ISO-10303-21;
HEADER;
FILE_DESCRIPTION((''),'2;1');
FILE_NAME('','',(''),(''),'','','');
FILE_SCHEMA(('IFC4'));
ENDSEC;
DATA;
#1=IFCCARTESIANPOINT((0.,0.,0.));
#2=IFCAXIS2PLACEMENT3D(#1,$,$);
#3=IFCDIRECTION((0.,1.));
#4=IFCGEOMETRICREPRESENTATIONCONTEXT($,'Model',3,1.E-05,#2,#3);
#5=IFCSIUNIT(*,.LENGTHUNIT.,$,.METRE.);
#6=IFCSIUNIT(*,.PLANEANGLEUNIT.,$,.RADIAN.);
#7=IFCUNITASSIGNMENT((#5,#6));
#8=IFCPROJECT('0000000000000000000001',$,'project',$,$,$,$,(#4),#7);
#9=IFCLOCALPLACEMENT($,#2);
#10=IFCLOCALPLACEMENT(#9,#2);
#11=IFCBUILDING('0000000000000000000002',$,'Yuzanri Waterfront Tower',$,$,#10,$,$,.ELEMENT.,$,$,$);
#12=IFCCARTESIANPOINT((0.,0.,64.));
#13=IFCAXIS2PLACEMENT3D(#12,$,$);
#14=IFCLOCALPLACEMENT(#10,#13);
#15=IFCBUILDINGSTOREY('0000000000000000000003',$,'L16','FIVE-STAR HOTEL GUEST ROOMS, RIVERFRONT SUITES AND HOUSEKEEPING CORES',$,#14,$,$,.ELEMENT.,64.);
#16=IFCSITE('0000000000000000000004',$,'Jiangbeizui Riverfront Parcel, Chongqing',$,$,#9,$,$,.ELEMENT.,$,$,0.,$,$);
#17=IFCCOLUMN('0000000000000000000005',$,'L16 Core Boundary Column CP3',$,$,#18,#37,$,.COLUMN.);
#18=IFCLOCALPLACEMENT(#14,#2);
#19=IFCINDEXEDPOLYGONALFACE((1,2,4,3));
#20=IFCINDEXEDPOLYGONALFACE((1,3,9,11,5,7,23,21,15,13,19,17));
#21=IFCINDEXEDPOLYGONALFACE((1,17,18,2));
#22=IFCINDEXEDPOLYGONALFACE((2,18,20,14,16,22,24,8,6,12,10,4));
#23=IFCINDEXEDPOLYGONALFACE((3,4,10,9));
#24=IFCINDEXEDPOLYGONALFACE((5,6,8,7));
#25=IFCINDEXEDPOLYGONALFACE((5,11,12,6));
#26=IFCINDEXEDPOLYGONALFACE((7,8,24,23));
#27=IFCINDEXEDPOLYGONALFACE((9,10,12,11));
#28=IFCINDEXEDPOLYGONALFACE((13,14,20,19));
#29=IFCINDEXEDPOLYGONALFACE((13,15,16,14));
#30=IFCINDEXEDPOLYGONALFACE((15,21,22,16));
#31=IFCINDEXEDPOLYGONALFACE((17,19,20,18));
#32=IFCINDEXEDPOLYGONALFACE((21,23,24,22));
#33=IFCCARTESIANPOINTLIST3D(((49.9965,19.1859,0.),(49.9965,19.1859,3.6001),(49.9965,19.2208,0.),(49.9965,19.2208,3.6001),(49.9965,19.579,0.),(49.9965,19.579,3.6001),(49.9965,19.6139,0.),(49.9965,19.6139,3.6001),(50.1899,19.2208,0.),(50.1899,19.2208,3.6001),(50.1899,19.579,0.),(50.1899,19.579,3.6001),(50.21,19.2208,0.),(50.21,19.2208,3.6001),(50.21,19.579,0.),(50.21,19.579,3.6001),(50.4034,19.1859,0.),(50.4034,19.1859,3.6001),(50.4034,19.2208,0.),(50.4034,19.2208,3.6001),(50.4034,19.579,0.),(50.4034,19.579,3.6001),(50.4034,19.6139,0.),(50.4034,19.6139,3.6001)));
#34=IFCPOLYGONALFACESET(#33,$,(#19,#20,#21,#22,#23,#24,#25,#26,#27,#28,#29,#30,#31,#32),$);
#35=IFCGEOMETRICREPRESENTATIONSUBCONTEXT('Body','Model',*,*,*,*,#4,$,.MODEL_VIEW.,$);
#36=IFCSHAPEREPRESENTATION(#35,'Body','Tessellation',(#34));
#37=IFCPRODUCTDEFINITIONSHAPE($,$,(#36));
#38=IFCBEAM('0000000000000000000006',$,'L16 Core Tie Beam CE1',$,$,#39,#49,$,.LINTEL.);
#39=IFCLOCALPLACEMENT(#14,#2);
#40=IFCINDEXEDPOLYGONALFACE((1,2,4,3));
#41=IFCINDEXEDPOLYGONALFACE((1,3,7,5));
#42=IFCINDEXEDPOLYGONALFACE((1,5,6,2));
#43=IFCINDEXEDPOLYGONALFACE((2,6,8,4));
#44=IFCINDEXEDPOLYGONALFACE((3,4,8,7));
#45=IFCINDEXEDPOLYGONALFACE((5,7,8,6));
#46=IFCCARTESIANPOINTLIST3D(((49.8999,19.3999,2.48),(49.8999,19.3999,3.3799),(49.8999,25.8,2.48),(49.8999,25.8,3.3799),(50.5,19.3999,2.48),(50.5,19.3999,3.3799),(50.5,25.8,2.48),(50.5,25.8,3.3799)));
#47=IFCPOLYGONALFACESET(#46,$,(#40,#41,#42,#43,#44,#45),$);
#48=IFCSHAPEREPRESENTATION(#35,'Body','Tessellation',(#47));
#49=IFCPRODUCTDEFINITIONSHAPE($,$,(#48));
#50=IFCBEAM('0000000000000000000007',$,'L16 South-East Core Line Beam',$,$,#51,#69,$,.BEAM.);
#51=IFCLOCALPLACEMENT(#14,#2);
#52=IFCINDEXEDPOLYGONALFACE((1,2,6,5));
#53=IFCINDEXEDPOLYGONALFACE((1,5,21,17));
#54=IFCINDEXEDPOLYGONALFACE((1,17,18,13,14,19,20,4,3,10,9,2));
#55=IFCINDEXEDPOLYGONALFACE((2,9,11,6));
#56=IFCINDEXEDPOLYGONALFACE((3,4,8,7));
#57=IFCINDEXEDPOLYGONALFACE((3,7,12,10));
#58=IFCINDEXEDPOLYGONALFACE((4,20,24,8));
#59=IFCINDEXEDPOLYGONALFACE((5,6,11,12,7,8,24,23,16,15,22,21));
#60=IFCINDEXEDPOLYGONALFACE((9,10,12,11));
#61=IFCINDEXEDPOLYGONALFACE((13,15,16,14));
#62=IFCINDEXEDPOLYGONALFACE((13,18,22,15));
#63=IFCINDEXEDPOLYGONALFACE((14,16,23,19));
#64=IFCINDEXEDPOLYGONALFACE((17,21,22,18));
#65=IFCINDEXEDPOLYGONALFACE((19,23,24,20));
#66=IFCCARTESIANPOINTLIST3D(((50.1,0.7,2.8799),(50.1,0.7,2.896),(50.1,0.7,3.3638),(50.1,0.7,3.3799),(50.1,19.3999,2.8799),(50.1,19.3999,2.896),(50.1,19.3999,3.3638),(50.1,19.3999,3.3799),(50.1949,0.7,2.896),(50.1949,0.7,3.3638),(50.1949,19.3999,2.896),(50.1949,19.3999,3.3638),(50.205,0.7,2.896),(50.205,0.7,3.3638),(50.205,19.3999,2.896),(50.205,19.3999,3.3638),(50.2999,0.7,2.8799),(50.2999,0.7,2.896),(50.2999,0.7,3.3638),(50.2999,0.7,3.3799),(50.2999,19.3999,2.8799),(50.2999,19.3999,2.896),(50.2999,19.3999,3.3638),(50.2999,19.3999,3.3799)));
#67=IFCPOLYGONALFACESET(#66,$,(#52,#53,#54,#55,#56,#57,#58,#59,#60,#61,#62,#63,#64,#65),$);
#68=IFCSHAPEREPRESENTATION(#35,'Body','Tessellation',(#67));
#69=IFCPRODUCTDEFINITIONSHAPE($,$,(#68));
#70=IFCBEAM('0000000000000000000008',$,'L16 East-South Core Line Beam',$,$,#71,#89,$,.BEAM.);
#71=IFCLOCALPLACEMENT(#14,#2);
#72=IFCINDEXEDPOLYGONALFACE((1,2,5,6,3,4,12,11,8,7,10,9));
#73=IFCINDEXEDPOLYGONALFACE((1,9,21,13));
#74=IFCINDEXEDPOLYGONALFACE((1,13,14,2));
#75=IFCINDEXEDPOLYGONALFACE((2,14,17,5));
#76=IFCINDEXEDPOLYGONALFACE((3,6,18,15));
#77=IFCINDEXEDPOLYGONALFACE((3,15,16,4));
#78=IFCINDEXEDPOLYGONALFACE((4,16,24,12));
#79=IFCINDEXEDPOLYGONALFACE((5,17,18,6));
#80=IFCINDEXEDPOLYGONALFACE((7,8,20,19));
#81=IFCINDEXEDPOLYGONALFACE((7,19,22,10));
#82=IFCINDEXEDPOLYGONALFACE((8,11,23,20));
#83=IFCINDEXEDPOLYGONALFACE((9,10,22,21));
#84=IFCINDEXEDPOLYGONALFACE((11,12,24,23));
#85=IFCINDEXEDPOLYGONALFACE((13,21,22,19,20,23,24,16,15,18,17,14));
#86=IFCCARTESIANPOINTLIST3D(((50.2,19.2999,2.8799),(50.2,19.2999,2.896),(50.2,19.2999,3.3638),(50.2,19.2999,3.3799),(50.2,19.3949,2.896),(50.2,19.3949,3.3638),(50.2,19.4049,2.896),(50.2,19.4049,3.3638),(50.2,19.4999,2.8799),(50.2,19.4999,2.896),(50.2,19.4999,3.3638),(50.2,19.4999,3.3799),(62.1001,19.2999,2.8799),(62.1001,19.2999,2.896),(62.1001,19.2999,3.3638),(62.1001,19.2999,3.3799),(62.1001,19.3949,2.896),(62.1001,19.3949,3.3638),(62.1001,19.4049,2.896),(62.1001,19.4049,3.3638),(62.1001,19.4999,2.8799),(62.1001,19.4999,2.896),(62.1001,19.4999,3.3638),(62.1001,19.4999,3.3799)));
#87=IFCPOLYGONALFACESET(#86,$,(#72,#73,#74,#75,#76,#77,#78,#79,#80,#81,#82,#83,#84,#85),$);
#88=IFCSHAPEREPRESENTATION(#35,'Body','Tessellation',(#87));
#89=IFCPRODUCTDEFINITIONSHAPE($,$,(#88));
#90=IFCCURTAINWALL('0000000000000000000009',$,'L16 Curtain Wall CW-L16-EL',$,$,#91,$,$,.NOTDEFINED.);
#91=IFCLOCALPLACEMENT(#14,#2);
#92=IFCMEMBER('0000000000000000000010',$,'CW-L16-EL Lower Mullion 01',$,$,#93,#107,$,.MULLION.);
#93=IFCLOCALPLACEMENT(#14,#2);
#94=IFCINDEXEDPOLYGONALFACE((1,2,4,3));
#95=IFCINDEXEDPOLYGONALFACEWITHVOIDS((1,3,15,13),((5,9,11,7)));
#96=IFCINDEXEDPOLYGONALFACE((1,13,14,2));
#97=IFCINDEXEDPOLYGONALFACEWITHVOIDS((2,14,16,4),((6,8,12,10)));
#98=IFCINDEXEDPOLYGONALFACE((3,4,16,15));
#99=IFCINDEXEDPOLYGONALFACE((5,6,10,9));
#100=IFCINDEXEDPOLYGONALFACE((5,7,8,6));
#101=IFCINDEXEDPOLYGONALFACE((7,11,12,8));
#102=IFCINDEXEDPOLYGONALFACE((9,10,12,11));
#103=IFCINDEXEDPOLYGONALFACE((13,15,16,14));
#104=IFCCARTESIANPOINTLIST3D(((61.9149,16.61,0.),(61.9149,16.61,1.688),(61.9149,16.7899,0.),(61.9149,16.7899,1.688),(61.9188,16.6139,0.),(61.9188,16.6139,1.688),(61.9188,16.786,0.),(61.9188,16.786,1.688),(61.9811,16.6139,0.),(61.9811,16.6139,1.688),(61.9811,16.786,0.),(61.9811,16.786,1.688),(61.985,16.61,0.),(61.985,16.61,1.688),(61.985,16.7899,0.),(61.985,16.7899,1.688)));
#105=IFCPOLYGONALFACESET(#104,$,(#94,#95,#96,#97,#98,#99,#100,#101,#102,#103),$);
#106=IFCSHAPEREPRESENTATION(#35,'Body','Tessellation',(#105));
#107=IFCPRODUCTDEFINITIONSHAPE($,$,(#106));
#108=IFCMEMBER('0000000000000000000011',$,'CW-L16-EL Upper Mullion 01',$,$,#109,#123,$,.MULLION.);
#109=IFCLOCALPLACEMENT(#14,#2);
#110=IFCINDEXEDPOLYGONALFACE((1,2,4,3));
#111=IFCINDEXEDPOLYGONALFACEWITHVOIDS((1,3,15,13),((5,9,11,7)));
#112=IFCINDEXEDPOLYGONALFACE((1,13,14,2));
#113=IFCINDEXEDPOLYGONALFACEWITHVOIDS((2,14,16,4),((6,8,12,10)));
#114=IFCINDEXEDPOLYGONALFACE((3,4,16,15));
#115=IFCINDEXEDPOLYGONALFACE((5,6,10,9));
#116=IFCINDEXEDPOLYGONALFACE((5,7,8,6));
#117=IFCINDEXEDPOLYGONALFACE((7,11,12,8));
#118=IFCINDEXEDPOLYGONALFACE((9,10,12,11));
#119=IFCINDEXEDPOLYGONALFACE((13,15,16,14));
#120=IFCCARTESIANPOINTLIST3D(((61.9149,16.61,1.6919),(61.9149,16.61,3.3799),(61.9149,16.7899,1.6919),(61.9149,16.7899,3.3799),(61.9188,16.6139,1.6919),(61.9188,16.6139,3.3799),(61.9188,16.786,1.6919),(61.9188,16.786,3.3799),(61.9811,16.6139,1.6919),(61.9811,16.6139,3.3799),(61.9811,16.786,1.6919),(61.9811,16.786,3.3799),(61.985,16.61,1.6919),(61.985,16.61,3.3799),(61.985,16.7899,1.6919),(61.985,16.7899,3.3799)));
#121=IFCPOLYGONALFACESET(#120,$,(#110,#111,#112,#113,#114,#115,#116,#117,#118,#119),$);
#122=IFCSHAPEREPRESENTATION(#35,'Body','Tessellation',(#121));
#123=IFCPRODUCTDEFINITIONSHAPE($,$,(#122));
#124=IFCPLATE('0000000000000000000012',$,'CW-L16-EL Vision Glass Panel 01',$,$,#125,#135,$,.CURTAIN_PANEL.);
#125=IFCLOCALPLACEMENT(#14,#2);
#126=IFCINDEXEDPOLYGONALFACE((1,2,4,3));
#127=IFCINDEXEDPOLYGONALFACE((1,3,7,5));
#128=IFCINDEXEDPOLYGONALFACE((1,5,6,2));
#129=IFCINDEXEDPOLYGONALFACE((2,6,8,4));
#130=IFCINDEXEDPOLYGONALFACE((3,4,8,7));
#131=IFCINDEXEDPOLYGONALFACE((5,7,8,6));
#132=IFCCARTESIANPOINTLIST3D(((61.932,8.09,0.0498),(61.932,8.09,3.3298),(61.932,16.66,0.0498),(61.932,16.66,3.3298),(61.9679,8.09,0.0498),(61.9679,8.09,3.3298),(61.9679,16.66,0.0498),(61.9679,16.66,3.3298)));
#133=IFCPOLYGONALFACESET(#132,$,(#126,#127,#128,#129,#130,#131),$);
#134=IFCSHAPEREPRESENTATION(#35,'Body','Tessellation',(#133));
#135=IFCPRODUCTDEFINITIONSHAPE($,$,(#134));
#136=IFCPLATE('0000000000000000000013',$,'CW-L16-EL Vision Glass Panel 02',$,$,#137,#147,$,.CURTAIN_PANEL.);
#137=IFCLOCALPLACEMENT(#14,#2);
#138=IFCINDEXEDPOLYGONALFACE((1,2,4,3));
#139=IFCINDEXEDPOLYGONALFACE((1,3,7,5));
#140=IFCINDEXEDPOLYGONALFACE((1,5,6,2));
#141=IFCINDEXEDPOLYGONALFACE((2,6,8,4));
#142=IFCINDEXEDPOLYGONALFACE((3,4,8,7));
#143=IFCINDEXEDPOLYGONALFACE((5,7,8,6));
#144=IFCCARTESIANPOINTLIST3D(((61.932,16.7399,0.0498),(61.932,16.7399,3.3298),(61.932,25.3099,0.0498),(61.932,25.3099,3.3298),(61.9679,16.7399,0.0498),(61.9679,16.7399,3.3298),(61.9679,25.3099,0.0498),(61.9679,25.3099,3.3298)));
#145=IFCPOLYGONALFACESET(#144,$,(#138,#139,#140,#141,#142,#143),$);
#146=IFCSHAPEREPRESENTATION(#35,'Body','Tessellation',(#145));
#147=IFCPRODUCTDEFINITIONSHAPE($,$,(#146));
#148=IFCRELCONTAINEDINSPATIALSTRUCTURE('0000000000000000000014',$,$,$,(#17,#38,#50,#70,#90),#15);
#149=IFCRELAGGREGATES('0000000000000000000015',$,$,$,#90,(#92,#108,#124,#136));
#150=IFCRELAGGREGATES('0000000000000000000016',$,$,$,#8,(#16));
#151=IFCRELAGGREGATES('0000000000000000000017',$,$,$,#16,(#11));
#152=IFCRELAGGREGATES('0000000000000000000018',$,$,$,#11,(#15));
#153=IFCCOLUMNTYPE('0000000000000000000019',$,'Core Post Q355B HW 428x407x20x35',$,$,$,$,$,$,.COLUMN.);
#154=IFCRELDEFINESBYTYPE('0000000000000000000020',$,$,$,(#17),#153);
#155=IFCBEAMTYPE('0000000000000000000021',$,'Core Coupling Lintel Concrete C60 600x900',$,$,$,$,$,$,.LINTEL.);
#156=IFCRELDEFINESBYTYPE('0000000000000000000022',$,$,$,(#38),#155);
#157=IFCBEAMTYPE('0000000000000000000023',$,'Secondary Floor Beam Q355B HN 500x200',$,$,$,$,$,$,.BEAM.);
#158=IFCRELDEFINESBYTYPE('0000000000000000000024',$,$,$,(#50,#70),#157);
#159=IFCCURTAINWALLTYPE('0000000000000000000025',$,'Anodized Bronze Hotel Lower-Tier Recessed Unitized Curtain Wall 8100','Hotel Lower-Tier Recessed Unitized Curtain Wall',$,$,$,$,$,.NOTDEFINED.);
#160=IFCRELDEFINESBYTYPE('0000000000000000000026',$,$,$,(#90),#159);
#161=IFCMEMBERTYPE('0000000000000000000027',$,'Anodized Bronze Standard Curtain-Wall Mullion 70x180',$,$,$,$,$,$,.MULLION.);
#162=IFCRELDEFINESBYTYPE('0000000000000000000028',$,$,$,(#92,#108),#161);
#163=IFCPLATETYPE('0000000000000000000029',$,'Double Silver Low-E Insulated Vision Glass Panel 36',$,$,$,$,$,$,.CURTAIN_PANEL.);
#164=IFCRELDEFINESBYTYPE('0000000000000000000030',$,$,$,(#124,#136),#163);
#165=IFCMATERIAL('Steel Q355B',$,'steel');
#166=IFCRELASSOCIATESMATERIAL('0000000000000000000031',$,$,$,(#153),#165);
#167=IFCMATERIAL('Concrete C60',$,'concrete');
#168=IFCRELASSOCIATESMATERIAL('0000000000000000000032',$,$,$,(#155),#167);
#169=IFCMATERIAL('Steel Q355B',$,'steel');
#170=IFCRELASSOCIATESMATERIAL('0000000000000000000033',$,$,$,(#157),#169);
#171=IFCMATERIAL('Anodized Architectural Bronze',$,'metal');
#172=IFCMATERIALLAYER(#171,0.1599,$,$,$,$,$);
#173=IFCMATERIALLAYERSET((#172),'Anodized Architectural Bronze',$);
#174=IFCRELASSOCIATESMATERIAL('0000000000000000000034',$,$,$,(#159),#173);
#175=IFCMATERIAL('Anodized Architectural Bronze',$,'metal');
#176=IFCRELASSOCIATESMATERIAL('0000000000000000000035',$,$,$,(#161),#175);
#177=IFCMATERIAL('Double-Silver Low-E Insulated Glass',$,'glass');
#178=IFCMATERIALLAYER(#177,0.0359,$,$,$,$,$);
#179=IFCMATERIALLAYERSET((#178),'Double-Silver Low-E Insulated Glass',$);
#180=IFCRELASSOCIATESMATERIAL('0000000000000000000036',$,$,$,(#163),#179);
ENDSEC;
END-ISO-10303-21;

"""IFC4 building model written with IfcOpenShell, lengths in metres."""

from ifc_helpers import new_model, si_unit, direction, frame, origin, origin_2d, place, context, subcontext, project, spatial, rectangle, hollow_rectangle, i_section, extrude, source, transform, mapped, material, layer, layer_set, material_profile, profile_set, type_object, element, aggregate, save


model = new_model("IFC4")

# Units and contexts
model_context = context("Model", 3, precision=1e-05, world=origin(), true_north=direction((0.0, 1.0)))
body_context = subcontext(model_context, "Body", "Model", "MODEL_VIEW")
ifc_project = project(units=[si_unit("LENGTHUNIT", "METRE"), si_unit("PLANEANGLEUNIT", "RADIAN")], contexts=[model_context])

# Site, building, storey
site_placement = place(None, origin())
site = spatial("IfcSite", under=ifc_project, at=site_placement, Name="Jiangbeizui Riverfront Parcel, Chongqing", CompositionType="ELEMENT", RefElevation=0.0)
building_placement = place(site_placement, origin())
building = spatial("IfcBuilding", under=site, at=building_placement, Name="Yuzanri Waterfront Tower", CompositionType="ELEMENT")
storey_placement = place(building_placement, frame((0.0, 0.0, 64.0)))
storey = spatial("IfcBuildingStorey", under=building, at=storey_placement, Name="L16", Description="FIVE-STAR HOTEL GUEST ROOMS, RIVERFRONT SUITES AND HOUSEKEEPING CORES", CompositionType="ELEMENT", Elevation=64.0)

# Column
ifc_material_1 = material(Name="Steel Q355B", Category="steel")
ifc_material_profile_1 = material_profile(ifc_material_1, i_section(OverallWidth=0.407, OverallDepth=0.428, WebThickness=0.02, FlangeThickness=0.0349, at=origin_2d()), Name="HW 428x407x20x35")
ifc_profile_set_1 = profile_set([ifc_material_profile_1], Name="Steel Q355B")
column_type = type_object("IfcColumnType", Name="Core Post Q355B HW 428x407x20x35", PredefinedType="COLUMN", material=ifc_profile_set_1)
shared_shape_1 = source(origin(), body_context, "Body", "SweptSolid", [
    extrude(i_section(OverallWidth=0.407, OverallDepth=0.428, WebThickness=0.02, FlangeThickness=0.0349, at=origin_2d()), origin(), (0.0, 0.0, 1.0), 3.6001),
])
column_placement = place(storey_placement, frame((50.2, 19.3999, 0.0), z_axis=(0.0, 0.0, 1.0), x_axis=(1.0, 0.0, 0.0)))
element("IfcColumn", 1, at=column_placement, inside=storey, type_object=column_type, Name="L16 Core Boundary Column CP3", PredefinedType="COLUMN", context=body_context, shape_type="MappedRepresentation", body=[
    mapped(shared_shape_1, transform((0.0, 0.0, 0.0), scale=1.0)),
])

# Beams
ifc_material_2 = material(Name="Concrete C60", Category="concrete")
ifc_material_profile_2 = material_profile(ifc_material_2, rectangle(XDim=0.6001, YDim=0.8999, at=origin_2d()), Name="RC 600x900")
ifc_profile_set_2 = profile_set([ifc_material_profile_2], Name="Concrete C60")
beam_type_1 = type_object("IfcBeamType", Name="Core Coupling Lintel Concrete C60 600x900", PredefinedType="LINTEL", material=ifc_profile_set_2)
shared_shape_2 = source(origin(), body_context, "Body", "SweptSolid", [
    extrude(rectangle(XDim=0.6001, YDim=0.8999, at=origin_2d()), origin(), (0.0, 0.0, 1.0), 6.4001),
])
beam_1_placement = place(storey_placement, frame((50.2, 19.3999, 2.9299), z_axis=(0.0, 1.0, 0.0), x_axis=(-1.0, 0.0, 0.0)))
element("IfcBeam", 2, at=beam_1_placement, inside=storey, type_object=beam_type_1, Name="L16 Core Tie Beam CE1", PredefinedType="LINTEL", context=body_context, shape_type="MappedRepresentation", body=[
    mapped(shared_shape_2, transform((0.0, 0.0, 0.0), scale=1.0)),
])
ifc_material_3 = material(Name="Steel Q355B", Category="steel")
ifc_material_profile_3 = material_profile(ifc_material_3, i_section(OverallWidth=0.2, OverallDepth=0.5, WebThickness=0.01, FlangeThickness=0.0161, at=origin_2d()), Name="HN 500x200x10x16")
ifc_profile_set_3 = profile_set([ifc_material_profile_3], Name="Steel Q355B")
beam_type_2 = type_object("IfcBeamType", Name="Secondary Floor Beam Q355B HN 500x200", PredefinedType="BEAM", material=ifc_profile_set_3)
shared_shape_3 = source(origin(), body_context, "Body", "SweptSolid", [
    extrude(i_section(OverallWidth=0.2, OverallDepth=0.5, WebThickness=0.01, FlangeThickness=0.0161, at=origin_2d()), origin(), (0.0, 0.0, 1.0), 18.7),
])
beam_2_placement = place(storey_placement, frame((50.2, 19.3999, 3.1299), z_axis=(0.0, -1.0, 0.0), x_axis=(1.0, 0.0, 0.0)))
element("IfcBeam", 3, at=beam_2_placement, inside=storey, type_object=beam_type_2, Name="L16 South-East Core Line Beam", PredefinedType="BEAM", context=body_context, shape_type="MappedRepresentation", body=[
    mapped(shared_shape_3, transform((0.0, 0.0, 0.0), scale=1.0)),
])
shared_shape_4 = source(origin(), body_context, "Body", "SweptSolid", [
    extrude(i_section(OverallWidth=0.2, OverallDepth=0.5, WebThickness=0.01, FlangeThickness=0.0161, at=origin_2d()), origin(), (0.0, 0.0, 1.0), 11.9001),
])
beam_3_placement = place(storey_placement, frame((50.2, 19.3999, 3.1299), z_axis=(1.0, 0.0, 0.0), x_axis=(0.0, 1.0, 0.0)))
element("IfcBeam", 4, at=beam_3_placement, inside=storey, type_object=beam_type_2, Name="L16 East-South Core Line Beam", PredefinedType="BEAM", context=body_context, shape_type="MappedRepresentation", body=[
    mapped(shared_shape_4, transform((0.0, 0.0, 0.0), scale=1.0)),
])

# Curtain wall, members, plates
ifc_material_4 = material(Name="Anodized Architectural Bronze", Category="metal")
ifc_layer_1 = layer(ifc_material_4, 0.1599)
ifc_layer_set_1 = layer_set([ifc_layer_1], Name="Anodized Architectural Bronze")
curtain_wall_type = type_object("IfcCurtainWallType", Name="Anodized Bronze Hotel Lower-Tier Recessed Unitized Curtain Wall 8100", Description="Hotel Lower-Tier Recessed Unitized Curtain Wall", PredefinedType="NOTDEFINED", material=ifc_layer_set_1)
curtain_wall_placement = place(storey_placement, origin())
curtain_wall = element("IfcCurtainWall", 5, at=curtain_wall_placement, inside=storey, type_object=curtain_wall_type, Name="L16 Curtain Wall CW-L16-EL", PredefinedType="NOTDEFINED")
ifc_material_5 = material(Name="Anodized Architectural Bronze", Category="metal")
ifc_material_profile_4 = material_profile(ifc_material_5, hollow_rectangle(XDim=0.0701, YDim=0.1799, WallThickness=0.0039, at=origin_2d()), Name="CWM 70x180")
ifc_profile_set_4 = profile_set([ifc_material_profile_4], Name="Anodized Architectural Bronze")
member_type = type_object("IfcMemberType", Name="Anodized Bronze Standard Curtain-Wall Mullion 70x180", PredefinedType="MULLION", material=ifc_profile_set_4)
shared_shape_5 = source(origin(), body_context, "Body", "SweptSolid", [
    extrude(hollow_rectangle(XDim=0.0701, YDim=0.1799, WallThickness=0.0039, at=origin_2d()), origin(), (0.0, 0.0, 1.0), 1.688),
])
member_1_placement = place(storey_placement, frame((61.95, 16.7, 0.0), z_axis=(0.0, 0.0, 1.0), x_axis=(1.0, 0.0, 0.0)))
member_1 = element("IfcMember", 6, at=member_1_placement, type_object=member_type, Name="CW-L16-EL Lower Mullion 01", PredefinedType="MULLION", context=body_context, shape_type="MappedRepresentation", body=[
    mapped(shared_shape_5, transform((0.0, 0.0, 0.0), scale=1.0)),
])
member_2_placement = place(storey_placement, frame((61.95, 16.7, 1.6919), z_axis=(0.0, 0.0, 1.0), x_axis=(1.0, 0.0, 0.0)))
member_2 = element("IfcMember", 7, at=member_2_placement, type_object=member_type, Name="CW-L16-EL Upper Mullion 01", PredefinedType="MULLION", context=body_context, shape_type="MappedRepresentation", body=[
    mapped(shared_shape_5, transform((0.0, 0.0, 0.0), scale=1.0)),
])
ifc_material_6 = material(Name="Double-Silver Low-E Insulated Glass", Category="glass")
ifc_layer_2 = layer(ifc_material_6, 0.0359)
ifc_layer_set_2 = layer_set([ifc_layer_2], Name="Double-Silver Low-E Insulated Glass")
plate_type = type_object("IfcPlateType", Name="Double Silver Low-E Insulated Vision Glass Panel 36", PredefinedType="CURTAIN_PANEL", material=ifc_layer_set_2)
shared_shape_6 = source(origin(), body_context, "Body", "SweptSolid", [
    extrude(rectangle(XDim=8.5701, YDim=0.0359, at=origin_2d()), origin(), (0.0, 0.0, 1.0), 3.28),
])
plate_1_placement = place(storey_placement, frame((61.95, 12.375, 0.0498), z_axis=(0.0, 0.0, 1.0), x_axis=(0.0, 1.0, 0.0)))
plate_1 = element("IfcPlate", 8, at=plate_1_placement, type_object=plate_type, Name="CW-L16-EL Vision Glass Panel 01", PredefinedType="CURTAIN_PANEL", context=body_context, shape_type="MappedRepresentation", body=[
    mapped(shared_shape_6, transform((0.0, 0.0, 0.0), scale=1.0)),
])
plate_2_placement = place(storey_placement, frame((61.95, 21.0249, 0.0498), z_axis=(0.0, 0.0, 1.0), x_axis=(0.0, 1.0, 0.0)))
plate_2 = element("IfcPlate", 9, at=plate_2_placement, type_object=plate_type, Name="CW-L16-EL Vision Glass Panel 02", PredefinedType="CURTAIN_PANEL", context=body_context, shape_type="MappedRepresentation", body=[
    mapped(shared_shape_6, transform((0.0, 0.0, 0.0), scale=1.0)),
])
aggregate(curtain_wall, [member_1, member_2, plate_1, plate_2])

save(model, "model.ifc")
